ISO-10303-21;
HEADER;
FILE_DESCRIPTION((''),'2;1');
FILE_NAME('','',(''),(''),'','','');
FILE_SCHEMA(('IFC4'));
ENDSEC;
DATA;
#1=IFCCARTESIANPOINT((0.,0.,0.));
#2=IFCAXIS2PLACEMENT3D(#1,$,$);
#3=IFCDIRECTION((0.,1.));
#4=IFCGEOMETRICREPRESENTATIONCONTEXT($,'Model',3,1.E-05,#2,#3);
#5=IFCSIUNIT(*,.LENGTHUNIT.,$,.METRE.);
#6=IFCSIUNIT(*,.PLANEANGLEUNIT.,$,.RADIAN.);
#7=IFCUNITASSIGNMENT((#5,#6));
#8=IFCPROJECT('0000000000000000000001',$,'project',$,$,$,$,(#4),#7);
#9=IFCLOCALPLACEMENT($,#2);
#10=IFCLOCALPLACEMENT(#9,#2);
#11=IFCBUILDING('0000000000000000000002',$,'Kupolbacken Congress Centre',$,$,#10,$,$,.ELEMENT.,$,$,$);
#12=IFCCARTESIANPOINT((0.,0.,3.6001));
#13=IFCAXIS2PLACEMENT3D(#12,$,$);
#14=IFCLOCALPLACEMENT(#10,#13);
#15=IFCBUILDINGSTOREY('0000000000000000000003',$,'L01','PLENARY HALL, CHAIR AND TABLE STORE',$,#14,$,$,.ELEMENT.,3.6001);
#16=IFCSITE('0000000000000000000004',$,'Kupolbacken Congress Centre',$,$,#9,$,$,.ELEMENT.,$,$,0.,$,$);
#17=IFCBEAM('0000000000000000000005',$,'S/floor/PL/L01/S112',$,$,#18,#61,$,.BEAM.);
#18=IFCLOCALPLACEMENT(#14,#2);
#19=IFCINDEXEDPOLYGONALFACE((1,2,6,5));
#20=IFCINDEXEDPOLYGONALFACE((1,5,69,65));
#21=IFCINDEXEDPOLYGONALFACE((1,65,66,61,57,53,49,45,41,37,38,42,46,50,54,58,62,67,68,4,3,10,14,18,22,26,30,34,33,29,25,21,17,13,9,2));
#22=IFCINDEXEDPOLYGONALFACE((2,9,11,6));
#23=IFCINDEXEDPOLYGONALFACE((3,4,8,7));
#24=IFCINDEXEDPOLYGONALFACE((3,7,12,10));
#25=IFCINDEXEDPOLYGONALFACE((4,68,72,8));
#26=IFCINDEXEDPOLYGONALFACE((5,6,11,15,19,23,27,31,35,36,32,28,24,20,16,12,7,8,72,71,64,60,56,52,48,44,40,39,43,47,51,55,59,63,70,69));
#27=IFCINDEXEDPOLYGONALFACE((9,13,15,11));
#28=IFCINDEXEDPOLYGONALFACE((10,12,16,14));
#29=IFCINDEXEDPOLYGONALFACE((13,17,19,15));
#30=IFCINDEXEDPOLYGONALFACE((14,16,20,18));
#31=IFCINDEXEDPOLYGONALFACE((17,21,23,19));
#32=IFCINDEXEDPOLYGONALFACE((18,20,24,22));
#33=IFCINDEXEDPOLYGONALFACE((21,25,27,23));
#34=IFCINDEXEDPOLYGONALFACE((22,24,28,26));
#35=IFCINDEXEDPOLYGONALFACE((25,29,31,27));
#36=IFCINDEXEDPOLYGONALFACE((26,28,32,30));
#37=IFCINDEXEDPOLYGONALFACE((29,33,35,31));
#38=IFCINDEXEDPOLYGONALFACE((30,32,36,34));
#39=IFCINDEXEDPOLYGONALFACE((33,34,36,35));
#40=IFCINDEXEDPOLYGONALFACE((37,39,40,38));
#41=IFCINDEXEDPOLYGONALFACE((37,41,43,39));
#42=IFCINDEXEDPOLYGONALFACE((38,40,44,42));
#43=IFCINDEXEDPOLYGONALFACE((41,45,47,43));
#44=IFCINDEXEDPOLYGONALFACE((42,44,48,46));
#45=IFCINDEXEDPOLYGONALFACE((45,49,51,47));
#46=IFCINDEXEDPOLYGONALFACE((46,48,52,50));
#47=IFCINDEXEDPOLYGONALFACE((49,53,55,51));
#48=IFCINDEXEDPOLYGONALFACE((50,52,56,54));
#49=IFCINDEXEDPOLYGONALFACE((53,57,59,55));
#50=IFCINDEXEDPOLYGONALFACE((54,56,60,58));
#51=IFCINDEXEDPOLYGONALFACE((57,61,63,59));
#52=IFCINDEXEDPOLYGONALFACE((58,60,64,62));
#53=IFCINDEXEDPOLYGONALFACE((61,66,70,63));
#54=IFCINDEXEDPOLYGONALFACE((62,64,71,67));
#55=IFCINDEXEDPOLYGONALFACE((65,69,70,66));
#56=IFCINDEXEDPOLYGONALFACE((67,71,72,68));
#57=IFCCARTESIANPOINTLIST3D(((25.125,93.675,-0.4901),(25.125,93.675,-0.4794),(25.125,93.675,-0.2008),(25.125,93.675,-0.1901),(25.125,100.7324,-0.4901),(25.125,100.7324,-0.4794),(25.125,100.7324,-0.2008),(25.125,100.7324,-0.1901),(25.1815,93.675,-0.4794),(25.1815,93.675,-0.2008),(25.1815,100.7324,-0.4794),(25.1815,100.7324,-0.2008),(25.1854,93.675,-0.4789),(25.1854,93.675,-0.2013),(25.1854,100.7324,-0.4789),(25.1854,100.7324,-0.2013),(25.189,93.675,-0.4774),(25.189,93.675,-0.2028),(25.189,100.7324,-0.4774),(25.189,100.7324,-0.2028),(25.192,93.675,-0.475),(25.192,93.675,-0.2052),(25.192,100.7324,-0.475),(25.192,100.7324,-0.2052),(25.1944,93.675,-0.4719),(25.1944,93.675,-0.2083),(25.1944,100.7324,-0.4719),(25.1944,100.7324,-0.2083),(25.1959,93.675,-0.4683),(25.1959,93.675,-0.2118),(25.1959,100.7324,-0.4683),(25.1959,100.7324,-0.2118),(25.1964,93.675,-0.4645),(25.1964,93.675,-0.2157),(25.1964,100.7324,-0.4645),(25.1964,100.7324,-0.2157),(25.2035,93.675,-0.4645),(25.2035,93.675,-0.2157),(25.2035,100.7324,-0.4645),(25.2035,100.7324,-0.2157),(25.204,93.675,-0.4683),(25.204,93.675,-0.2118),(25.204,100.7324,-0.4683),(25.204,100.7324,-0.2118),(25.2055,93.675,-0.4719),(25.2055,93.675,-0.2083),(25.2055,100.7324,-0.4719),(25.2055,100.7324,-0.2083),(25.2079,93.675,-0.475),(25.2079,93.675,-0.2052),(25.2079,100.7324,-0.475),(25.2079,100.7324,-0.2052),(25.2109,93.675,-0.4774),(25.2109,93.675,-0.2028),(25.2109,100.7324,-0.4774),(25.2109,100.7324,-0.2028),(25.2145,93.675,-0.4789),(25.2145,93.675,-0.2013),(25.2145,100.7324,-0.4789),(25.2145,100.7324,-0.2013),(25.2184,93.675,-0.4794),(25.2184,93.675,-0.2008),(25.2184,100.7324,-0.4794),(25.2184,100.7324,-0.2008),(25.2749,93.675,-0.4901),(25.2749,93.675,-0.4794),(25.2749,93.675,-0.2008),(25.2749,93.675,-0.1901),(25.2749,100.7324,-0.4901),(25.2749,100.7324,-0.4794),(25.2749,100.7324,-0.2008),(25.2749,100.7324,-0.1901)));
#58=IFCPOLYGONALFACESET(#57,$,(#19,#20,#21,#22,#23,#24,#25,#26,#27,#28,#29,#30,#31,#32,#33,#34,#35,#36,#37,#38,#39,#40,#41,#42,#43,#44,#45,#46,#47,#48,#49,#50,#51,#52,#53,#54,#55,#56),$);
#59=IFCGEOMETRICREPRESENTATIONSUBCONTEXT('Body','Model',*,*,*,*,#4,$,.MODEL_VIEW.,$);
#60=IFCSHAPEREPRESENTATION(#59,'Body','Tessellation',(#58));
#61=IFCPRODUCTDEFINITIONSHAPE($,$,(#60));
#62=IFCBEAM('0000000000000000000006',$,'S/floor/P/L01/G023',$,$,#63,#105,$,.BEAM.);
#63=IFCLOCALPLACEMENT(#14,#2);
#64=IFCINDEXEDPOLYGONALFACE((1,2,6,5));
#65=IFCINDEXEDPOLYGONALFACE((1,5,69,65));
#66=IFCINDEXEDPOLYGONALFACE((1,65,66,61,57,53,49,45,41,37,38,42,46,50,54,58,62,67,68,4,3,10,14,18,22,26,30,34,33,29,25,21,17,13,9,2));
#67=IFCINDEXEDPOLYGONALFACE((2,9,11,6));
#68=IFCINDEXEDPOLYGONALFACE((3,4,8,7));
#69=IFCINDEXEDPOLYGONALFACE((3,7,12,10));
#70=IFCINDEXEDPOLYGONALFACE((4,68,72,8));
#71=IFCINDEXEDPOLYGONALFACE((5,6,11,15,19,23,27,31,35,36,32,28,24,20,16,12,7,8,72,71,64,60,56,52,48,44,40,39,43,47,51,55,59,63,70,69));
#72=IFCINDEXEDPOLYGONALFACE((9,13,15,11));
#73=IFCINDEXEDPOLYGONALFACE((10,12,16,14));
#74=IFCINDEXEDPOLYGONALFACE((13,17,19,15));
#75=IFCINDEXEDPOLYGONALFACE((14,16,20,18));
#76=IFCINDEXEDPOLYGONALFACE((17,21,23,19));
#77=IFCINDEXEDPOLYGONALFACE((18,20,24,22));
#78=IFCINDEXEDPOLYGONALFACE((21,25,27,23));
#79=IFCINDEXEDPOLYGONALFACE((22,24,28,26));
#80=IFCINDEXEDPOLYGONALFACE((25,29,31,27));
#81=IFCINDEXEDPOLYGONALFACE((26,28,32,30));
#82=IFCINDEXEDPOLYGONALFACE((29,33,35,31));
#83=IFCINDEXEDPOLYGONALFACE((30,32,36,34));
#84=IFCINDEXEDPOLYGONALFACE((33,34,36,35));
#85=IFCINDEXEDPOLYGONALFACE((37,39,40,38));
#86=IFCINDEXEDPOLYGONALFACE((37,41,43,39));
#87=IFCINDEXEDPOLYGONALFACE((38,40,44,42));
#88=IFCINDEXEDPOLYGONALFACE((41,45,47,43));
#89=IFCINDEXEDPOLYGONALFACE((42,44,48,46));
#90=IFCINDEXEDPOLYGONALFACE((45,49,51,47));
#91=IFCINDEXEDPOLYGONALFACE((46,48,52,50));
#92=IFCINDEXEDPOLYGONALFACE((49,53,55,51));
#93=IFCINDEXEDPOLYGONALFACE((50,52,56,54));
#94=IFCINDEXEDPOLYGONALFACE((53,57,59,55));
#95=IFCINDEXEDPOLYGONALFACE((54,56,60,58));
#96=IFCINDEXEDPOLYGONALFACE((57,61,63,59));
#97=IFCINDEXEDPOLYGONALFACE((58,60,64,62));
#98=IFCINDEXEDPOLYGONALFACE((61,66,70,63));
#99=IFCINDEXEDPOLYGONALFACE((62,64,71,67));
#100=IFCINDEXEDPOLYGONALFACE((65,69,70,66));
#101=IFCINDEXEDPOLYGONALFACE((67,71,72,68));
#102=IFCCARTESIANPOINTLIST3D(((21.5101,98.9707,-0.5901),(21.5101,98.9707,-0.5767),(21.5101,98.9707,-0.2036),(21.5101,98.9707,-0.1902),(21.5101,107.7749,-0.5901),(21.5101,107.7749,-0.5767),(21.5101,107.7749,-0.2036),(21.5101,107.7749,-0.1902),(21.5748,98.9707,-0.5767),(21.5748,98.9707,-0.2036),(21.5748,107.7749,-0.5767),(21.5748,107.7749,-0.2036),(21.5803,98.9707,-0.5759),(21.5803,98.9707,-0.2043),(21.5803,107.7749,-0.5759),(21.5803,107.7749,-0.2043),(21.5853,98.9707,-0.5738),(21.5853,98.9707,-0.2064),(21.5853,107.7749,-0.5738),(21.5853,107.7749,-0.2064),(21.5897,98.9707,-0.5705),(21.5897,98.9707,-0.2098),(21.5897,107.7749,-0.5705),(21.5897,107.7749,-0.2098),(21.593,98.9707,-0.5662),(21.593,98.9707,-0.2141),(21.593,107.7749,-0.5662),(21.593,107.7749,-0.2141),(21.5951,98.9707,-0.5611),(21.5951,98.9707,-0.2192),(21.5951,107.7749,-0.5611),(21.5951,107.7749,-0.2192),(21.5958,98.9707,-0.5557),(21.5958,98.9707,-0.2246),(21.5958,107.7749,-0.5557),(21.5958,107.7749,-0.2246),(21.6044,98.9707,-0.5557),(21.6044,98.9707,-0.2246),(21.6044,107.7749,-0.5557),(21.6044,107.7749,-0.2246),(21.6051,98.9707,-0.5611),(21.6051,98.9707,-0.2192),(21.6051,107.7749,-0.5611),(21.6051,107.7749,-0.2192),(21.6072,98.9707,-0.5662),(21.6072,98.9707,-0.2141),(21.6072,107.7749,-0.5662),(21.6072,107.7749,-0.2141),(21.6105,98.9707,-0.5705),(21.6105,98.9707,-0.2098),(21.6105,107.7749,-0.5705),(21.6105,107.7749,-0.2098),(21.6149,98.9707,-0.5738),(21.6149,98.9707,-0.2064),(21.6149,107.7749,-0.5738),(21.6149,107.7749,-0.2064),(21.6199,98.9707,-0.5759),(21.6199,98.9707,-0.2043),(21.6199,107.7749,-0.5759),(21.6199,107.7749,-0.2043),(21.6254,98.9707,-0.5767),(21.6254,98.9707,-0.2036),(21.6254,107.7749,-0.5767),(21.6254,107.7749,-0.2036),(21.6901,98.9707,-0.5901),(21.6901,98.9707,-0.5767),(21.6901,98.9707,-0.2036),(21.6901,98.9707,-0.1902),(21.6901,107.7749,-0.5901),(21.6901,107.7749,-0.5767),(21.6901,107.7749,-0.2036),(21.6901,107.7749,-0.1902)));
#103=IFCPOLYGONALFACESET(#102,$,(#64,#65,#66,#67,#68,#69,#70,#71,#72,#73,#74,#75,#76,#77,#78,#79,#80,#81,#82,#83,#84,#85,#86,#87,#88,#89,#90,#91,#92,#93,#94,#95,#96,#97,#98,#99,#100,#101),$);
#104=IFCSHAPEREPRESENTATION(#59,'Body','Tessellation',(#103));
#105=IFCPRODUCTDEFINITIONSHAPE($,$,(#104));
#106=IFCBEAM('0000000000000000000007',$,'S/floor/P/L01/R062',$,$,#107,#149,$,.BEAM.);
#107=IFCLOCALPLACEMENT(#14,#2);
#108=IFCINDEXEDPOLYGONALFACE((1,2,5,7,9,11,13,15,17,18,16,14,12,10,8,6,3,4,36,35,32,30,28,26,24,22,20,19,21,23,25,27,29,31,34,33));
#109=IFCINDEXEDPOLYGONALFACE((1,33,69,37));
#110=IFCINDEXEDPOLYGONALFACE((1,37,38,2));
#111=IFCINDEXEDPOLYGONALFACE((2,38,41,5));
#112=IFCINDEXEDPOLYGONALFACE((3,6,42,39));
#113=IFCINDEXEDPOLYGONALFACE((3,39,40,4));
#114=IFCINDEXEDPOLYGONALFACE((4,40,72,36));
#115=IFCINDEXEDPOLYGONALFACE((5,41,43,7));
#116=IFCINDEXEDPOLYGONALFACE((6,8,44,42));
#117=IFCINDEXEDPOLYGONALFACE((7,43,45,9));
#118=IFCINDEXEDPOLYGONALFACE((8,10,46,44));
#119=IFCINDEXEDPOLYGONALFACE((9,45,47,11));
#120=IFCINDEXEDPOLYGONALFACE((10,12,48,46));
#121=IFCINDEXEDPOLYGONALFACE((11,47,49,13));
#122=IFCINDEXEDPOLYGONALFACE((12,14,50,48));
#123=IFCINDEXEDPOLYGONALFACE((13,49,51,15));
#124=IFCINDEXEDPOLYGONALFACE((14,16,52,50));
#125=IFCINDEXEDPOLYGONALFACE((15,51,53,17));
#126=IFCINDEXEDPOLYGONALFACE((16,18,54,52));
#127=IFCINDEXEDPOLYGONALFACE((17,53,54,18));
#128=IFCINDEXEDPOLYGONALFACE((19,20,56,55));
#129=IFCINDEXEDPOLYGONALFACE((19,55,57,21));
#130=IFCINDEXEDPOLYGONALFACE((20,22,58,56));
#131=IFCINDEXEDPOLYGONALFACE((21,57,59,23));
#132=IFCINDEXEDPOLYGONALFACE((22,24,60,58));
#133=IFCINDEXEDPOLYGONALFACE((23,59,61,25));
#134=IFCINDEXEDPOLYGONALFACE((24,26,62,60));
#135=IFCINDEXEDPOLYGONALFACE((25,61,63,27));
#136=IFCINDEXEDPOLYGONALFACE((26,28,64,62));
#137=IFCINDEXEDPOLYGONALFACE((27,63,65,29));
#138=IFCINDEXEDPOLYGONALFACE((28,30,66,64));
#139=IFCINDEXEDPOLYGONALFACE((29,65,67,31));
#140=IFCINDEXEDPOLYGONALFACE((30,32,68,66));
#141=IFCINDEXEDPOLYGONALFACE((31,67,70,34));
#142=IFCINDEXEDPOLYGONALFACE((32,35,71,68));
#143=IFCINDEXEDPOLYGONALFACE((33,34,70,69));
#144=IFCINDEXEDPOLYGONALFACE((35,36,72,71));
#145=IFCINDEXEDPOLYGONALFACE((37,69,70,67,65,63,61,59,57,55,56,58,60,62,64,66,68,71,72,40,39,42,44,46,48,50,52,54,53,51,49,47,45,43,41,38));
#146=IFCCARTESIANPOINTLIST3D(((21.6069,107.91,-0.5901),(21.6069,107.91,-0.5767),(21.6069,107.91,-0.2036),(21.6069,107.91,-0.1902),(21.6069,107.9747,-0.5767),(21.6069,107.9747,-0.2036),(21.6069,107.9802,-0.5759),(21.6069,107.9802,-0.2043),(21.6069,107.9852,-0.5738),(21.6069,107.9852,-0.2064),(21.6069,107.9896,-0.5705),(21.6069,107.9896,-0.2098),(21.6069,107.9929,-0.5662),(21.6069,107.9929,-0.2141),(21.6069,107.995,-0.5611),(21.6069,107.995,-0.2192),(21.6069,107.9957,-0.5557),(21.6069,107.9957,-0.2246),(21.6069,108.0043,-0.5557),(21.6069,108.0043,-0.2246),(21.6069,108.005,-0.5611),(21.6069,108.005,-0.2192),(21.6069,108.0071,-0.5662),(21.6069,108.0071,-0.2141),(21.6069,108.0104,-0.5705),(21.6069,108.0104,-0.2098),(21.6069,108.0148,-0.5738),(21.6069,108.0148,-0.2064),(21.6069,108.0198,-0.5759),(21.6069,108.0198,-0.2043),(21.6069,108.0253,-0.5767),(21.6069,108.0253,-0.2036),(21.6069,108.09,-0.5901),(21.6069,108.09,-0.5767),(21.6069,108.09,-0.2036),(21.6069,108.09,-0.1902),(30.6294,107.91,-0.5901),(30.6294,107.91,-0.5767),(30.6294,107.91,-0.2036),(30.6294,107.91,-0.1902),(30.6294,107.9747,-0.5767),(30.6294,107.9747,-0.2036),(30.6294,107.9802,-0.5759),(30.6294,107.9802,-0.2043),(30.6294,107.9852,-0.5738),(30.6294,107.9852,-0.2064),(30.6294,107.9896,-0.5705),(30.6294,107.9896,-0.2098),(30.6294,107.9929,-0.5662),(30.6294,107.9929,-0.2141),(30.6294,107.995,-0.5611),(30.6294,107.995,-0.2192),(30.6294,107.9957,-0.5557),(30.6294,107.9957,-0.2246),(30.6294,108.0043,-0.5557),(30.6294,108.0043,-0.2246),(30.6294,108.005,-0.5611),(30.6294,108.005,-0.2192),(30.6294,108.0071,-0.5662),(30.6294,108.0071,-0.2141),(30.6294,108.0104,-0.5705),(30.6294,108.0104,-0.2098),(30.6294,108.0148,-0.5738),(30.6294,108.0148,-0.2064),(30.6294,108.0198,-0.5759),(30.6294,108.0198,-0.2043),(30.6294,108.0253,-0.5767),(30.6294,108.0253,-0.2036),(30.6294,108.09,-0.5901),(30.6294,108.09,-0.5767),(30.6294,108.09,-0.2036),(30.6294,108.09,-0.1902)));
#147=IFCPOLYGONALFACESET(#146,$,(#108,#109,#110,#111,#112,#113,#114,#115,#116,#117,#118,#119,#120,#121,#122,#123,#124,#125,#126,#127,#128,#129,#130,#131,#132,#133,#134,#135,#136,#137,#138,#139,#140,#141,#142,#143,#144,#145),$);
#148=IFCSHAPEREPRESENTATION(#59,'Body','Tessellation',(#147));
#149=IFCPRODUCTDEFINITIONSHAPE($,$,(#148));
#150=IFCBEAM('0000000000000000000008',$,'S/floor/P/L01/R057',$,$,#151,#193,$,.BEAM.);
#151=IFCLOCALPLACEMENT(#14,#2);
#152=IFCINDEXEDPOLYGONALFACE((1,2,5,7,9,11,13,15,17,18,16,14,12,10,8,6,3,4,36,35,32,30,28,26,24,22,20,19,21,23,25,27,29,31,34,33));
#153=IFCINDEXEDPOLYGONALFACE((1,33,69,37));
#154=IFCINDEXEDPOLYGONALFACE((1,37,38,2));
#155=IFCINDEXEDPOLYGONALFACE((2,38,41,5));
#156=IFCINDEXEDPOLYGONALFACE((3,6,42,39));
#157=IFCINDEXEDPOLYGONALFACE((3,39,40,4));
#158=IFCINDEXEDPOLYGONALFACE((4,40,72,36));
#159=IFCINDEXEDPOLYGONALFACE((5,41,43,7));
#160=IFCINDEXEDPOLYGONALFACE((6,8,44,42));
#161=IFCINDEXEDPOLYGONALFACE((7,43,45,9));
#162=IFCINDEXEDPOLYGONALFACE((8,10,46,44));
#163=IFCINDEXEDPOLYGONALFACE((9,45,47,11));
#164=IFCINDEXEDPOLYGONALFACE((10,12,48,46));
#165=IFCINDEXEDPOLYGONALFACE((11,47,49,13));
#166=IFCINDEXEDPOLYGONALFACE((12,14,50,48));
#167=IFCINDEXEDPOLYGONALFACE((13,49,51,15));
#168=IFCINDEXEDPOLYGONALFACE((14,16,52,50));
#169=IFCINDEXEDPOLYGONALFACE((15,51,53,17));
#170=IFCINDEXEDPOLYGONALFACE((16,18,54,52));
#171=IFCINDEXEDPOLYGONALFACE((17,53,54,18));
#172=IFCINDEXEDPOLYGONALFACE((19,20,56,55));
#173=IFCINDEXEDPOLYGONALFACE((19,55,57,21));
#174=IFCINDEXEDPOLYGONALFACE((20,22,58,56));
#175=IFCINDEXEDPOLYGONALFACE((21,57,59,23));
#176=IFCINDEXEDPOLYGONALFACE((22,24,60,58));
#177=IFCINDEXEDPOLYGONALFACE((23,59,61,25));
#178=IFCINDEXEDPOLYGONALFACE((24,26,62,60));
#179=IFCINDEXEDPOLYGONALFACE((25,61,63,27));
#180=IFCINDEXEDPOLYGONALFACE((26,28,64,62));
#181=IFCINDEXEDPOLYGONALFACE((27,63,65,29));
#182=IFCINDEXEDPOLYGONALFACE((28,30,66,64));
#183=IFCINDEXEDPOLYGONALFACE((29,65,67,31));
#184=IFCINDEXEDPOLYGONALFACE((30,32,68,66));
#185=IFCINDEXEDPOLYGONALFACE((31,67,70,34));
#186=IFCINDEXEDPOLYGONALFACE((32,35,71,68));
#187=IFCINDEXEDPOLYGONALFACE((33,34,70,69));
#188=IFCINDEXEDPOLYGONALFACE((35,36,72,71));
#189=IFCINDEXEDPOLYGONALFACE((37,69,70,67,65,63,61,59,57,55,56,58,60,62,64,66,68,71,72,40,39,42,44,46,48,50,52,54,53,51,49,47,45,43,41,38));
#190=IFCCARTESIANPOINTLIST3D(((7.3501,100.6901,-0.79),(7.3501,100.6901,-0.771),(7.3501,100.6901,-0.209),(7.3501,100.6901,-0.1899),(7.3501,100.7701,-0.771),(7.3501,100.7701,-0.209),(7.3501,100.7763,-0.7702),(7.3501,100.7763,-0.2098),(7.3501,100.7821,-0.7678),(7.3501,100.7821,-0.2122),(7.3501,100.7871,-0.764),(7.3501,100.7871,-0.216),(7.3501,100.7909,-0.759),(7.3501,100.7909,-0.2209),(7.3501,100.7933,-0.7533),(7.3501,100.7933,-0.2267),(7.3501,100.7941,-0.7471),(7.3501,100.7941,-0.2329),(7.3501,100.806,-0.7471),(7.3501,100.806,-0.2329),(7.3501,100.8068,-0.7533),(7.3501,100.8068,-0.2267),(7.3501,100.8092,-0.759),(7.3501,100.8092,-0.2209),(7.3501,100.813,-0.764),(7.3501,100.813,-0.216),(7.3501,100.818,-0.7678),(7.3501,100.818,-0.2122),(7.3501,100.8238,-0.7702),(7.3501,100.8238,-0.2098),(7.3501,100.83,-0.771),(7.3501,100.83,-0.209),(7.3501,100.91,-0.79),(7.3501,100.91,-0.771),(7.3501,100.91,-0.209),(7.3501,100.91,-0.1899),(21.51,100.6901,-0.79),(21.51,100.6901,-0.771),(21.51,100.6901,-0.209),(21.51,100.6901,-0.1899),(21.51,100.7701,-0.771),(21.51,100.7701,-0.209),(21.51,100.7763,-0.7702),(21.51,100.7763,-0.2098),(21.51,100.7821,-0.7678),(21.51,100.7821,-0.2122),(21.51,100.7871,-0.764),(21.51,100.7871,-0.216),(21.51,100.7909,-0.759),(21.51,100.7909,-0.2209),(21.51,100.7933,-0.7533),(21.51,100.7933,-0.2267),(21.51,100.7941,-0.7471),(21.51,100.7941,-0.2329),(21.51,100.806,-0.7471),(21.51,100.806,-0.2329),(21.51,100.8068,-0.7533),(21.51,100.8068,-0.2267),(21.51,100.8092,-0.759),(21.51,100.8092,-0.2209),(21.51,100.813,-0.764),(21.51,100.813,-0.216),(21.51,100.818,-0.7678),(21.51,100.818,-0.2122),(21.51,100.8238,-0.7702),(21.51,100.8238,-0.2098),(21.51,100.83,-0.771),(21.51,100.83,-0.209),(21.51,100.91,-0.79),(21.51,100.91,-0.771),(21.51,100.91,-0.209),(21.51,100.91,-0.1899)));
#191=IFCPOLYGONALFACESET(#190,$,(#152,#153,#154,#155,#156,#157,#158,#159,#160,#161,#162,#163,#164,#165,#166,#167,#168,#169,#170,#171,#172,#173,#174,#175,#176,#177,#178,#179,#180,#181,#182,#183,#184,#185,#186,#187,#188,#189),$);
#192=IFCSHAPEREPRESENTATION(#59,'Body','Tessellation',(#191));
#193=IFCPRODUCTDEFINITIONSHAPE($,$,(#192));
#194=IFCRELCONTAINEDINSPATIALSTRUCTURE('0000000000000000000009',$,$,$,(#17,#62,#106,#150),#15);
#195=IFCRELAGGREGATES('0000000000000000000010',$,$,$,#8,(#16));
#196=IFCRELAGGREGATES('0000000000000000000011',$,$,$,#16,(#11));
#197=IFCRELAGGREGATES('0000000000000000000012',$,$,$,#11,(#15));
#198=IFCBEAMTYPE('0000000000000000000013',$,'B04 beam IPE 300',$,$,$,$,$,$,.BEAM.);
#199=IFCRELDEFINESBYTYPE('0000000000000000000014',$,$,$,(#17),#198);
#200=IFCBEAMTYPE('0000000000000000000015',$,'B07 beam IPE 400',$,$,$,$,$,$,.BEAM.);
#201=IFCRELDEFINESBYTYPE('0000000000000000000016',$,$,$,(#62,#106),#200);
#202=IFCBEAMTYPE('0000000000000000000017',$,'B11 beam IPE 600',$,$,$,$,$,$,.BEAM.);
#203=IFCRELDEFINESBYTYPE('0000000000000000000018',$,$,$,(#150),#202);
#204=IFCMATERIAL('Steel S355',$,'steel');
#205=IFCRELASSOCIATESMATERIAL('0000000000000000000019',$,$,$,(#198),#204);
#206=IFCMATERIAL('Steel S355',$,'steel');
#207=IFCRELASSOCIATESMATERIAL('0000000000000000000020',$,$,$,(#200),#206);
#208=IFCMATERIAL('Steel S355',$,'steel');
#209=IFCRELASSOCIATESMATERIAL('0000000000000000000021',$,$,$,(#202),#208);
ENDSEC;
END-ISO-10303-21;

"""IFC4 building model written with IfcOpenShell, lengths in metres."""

from ifc_helpers import new_model, si_unit, direction, frame, origin, origin_2d, place, context, subcontext, project, spatial, i_section, extrude, material, material_profile, profile_set, type_object, element, save


model = new_model("IFC4")

# Units and contexts
model_context = context("Model", 3, precision=1e-05, world=origin(), true_north=direction((0.0, 1.0)))
body_context = subcontext(model_context, "Body", "Model", "MODEL_VIEW")
ifc_project = project(units=[si_unit("LENGTHUNIT", "METRE"), si_unit("PLANEANGLEUNIT", "RADIAN")], contexts=[model_context])

# Site, building, storey
site_placement = place(None, origin())
site = spatial("IfcSite", under=ifc_project, at=site_placement, Name="Kupolbacken Congress Centre", CompositionType="ELEMENT", RefElevation=0.0)
building_placement = place(site_placement, origin())
building = spatial("IfcBuilding", under=site, at=building_placement, Name="Kupolbacken Congress Centre", CompositionType="ELEMENT")
storey_placement = place(building_placement, frame((0.0, 0.0, 3.6001)))
storey = spatial("IfcBuildingStorey", under=building, at=storey_placement, Name="L01", Description="PLENARY HALL, CHAIR AND TABLE STORE", CompositionType="ELEMENT", Elevation=3.6001)

# Beams
ifc_material_1 = material(Name="Steel S355", Category="steel")
ifc_material_profile_1 = material_profile(ifc_material_1, i_section(OverallWidth=0.1499, OverallDepth=0.3, WebThickness=0.0071, FlangeThickness=0.0107, FilletRadius=0.0149, at=origin_2d()), Name="IPE 300")
ifc_profile_set_1 = profile_set([ifc_material_profile_1], Name="Steel S355")
beam_type_1 = type_object("IfcBeamType", Name="B04 beam IPE 300", PredefinedType="BEAM", material=ifc_profile_set_1)
beam_1_placement = place(storey_placement, frame((25.2, 93.675, -0.3401), z_axis=(0.0, 1.0, 0.0), x_axis=(-1.0, 0.0, 0.0)))
element("IfcBeam", 1, at=beam_1_placement, inside=storey, type_object=beam_type_1, Name="S/floor/PL/L01/S112", PredefinedType="BEAM", context=body_context, shape_type="SweptSolid", body=[
    extrude(i_section(OverallWidth=0.1499, OverallDepth=0.3, WebThickness=0.0071, FlangeThickness=0.0107, FilletRadius=0.0149, at=origin_2d()), origin(), (0.0, 0.0, 1.0), 7.0574),
])
ifc_material_2 = material(Name="Steel S355", Category="steel")
ifc_material_profile_2 = material_profile(ifc_material_2, i_section(OverallWidth=0.1799, OverallDepth=0.3999, WebThickness=0.0085, FlangeThickness=0.0134, FilletRadius=0.021, at=origin_2d()), Name="IPE 400")
ifc_profile_set_2 = profile_set([ifc_material_profile_2], Name="Steel S355")
beam_type_2 = type_object("IfcBeamType", Name="B07 beam IPE 400", PredefinedType="BEAM", material=ifc_profile_set_2)
beam_2_placement = place(storey_placement, frame((21.6001, 98.9707, -0.3901), z_axis=(0.0, 1.0, 0.0), x_axis=(-1.0, 0.0, 0.0)))
element("IfcBeam", 2, at=beam_2_placement, inside=storey, type_object=beam_type_2, Name="S/floor/P/L01/G023", PredefinedType="BEAM", context=body_context, shape_type="SweptSolid", body=[
    extrude(i_section(OverallWidth=0.1799, OverallDepth=0.3999, WebThickness=0.0085, FlangeThickness=0.0134, FilletRadius=0.021, at=origin_2d()), origin(), (0.0, 0.0, 1.0), 8.8042),
])
beam_3_placement = place(storey_placement, frame((21.6069, 108.0, -0.3901), z_axis=(1.0, 0.0, 0.0), x_axis=(0.0, 1.0, 0.0)))
element("IfcBeam", 3, at=beam_3_placement, inside=storey, type_object=beam_type_2, Name="S/floor/P/L01/R062", PredefinedType="BEAM", context=body_context, shape_type="SweptSolid", body=[
    extrude(i_section(OverallWidth=0.1799, OverallDepth=0.3999, WebThickness=0.0085, FlangeThickness=0.0134, FilletRadius=0.021, at=origin_2d()), origin(), (0.0, 0.0, 1.0), 9.0225),
])
ifc_material_3 = material(Name="Steel S355", Category="steel")
ifc_material_profile_3 = material_profile(ifc_material_3, i_section(OverallWidth=0.22, OverallDepth=0.6001, WebThickness=0.012, FlangeThickness=0.019, FilletRadius=0.0239, at=origin_2d()), Name="IPE 600")
ifc_profile_set_3 = profile_set([ifc_material_profile_3], Name="Steel S355")
beam_type_3 = type_object("IfcBeamType", Name="B11 beam IPE 600", PredefinedType="BEAM", material=ifc_profile_set_3)
beam_4_placement = place(storey_placement, frame((7.3501, 100.8, -0.49), z_axis=(1.0, 0.0, 0.0), x_axis=(0.0, 1.0, 0.0)))
element("IfcBeam", 4, at=beam_4_placement, inside=storey, type_object=beam_type_3, Name="S/floor/P/L01/R057", PredefinedType="BEAM", context=body_context, shape_type="SweptSolid", body=[
    extrude(i_section(OverallWidth=0.22, OverallDepth=0.6001, WebThickness=0.012, FlangeThickness=0.019, FilletRadius=0.0239, at=origin_2d()), origin(), (0.0, 0.0, 1.0), 14.1599),
])

save(model, "model.ifc")
